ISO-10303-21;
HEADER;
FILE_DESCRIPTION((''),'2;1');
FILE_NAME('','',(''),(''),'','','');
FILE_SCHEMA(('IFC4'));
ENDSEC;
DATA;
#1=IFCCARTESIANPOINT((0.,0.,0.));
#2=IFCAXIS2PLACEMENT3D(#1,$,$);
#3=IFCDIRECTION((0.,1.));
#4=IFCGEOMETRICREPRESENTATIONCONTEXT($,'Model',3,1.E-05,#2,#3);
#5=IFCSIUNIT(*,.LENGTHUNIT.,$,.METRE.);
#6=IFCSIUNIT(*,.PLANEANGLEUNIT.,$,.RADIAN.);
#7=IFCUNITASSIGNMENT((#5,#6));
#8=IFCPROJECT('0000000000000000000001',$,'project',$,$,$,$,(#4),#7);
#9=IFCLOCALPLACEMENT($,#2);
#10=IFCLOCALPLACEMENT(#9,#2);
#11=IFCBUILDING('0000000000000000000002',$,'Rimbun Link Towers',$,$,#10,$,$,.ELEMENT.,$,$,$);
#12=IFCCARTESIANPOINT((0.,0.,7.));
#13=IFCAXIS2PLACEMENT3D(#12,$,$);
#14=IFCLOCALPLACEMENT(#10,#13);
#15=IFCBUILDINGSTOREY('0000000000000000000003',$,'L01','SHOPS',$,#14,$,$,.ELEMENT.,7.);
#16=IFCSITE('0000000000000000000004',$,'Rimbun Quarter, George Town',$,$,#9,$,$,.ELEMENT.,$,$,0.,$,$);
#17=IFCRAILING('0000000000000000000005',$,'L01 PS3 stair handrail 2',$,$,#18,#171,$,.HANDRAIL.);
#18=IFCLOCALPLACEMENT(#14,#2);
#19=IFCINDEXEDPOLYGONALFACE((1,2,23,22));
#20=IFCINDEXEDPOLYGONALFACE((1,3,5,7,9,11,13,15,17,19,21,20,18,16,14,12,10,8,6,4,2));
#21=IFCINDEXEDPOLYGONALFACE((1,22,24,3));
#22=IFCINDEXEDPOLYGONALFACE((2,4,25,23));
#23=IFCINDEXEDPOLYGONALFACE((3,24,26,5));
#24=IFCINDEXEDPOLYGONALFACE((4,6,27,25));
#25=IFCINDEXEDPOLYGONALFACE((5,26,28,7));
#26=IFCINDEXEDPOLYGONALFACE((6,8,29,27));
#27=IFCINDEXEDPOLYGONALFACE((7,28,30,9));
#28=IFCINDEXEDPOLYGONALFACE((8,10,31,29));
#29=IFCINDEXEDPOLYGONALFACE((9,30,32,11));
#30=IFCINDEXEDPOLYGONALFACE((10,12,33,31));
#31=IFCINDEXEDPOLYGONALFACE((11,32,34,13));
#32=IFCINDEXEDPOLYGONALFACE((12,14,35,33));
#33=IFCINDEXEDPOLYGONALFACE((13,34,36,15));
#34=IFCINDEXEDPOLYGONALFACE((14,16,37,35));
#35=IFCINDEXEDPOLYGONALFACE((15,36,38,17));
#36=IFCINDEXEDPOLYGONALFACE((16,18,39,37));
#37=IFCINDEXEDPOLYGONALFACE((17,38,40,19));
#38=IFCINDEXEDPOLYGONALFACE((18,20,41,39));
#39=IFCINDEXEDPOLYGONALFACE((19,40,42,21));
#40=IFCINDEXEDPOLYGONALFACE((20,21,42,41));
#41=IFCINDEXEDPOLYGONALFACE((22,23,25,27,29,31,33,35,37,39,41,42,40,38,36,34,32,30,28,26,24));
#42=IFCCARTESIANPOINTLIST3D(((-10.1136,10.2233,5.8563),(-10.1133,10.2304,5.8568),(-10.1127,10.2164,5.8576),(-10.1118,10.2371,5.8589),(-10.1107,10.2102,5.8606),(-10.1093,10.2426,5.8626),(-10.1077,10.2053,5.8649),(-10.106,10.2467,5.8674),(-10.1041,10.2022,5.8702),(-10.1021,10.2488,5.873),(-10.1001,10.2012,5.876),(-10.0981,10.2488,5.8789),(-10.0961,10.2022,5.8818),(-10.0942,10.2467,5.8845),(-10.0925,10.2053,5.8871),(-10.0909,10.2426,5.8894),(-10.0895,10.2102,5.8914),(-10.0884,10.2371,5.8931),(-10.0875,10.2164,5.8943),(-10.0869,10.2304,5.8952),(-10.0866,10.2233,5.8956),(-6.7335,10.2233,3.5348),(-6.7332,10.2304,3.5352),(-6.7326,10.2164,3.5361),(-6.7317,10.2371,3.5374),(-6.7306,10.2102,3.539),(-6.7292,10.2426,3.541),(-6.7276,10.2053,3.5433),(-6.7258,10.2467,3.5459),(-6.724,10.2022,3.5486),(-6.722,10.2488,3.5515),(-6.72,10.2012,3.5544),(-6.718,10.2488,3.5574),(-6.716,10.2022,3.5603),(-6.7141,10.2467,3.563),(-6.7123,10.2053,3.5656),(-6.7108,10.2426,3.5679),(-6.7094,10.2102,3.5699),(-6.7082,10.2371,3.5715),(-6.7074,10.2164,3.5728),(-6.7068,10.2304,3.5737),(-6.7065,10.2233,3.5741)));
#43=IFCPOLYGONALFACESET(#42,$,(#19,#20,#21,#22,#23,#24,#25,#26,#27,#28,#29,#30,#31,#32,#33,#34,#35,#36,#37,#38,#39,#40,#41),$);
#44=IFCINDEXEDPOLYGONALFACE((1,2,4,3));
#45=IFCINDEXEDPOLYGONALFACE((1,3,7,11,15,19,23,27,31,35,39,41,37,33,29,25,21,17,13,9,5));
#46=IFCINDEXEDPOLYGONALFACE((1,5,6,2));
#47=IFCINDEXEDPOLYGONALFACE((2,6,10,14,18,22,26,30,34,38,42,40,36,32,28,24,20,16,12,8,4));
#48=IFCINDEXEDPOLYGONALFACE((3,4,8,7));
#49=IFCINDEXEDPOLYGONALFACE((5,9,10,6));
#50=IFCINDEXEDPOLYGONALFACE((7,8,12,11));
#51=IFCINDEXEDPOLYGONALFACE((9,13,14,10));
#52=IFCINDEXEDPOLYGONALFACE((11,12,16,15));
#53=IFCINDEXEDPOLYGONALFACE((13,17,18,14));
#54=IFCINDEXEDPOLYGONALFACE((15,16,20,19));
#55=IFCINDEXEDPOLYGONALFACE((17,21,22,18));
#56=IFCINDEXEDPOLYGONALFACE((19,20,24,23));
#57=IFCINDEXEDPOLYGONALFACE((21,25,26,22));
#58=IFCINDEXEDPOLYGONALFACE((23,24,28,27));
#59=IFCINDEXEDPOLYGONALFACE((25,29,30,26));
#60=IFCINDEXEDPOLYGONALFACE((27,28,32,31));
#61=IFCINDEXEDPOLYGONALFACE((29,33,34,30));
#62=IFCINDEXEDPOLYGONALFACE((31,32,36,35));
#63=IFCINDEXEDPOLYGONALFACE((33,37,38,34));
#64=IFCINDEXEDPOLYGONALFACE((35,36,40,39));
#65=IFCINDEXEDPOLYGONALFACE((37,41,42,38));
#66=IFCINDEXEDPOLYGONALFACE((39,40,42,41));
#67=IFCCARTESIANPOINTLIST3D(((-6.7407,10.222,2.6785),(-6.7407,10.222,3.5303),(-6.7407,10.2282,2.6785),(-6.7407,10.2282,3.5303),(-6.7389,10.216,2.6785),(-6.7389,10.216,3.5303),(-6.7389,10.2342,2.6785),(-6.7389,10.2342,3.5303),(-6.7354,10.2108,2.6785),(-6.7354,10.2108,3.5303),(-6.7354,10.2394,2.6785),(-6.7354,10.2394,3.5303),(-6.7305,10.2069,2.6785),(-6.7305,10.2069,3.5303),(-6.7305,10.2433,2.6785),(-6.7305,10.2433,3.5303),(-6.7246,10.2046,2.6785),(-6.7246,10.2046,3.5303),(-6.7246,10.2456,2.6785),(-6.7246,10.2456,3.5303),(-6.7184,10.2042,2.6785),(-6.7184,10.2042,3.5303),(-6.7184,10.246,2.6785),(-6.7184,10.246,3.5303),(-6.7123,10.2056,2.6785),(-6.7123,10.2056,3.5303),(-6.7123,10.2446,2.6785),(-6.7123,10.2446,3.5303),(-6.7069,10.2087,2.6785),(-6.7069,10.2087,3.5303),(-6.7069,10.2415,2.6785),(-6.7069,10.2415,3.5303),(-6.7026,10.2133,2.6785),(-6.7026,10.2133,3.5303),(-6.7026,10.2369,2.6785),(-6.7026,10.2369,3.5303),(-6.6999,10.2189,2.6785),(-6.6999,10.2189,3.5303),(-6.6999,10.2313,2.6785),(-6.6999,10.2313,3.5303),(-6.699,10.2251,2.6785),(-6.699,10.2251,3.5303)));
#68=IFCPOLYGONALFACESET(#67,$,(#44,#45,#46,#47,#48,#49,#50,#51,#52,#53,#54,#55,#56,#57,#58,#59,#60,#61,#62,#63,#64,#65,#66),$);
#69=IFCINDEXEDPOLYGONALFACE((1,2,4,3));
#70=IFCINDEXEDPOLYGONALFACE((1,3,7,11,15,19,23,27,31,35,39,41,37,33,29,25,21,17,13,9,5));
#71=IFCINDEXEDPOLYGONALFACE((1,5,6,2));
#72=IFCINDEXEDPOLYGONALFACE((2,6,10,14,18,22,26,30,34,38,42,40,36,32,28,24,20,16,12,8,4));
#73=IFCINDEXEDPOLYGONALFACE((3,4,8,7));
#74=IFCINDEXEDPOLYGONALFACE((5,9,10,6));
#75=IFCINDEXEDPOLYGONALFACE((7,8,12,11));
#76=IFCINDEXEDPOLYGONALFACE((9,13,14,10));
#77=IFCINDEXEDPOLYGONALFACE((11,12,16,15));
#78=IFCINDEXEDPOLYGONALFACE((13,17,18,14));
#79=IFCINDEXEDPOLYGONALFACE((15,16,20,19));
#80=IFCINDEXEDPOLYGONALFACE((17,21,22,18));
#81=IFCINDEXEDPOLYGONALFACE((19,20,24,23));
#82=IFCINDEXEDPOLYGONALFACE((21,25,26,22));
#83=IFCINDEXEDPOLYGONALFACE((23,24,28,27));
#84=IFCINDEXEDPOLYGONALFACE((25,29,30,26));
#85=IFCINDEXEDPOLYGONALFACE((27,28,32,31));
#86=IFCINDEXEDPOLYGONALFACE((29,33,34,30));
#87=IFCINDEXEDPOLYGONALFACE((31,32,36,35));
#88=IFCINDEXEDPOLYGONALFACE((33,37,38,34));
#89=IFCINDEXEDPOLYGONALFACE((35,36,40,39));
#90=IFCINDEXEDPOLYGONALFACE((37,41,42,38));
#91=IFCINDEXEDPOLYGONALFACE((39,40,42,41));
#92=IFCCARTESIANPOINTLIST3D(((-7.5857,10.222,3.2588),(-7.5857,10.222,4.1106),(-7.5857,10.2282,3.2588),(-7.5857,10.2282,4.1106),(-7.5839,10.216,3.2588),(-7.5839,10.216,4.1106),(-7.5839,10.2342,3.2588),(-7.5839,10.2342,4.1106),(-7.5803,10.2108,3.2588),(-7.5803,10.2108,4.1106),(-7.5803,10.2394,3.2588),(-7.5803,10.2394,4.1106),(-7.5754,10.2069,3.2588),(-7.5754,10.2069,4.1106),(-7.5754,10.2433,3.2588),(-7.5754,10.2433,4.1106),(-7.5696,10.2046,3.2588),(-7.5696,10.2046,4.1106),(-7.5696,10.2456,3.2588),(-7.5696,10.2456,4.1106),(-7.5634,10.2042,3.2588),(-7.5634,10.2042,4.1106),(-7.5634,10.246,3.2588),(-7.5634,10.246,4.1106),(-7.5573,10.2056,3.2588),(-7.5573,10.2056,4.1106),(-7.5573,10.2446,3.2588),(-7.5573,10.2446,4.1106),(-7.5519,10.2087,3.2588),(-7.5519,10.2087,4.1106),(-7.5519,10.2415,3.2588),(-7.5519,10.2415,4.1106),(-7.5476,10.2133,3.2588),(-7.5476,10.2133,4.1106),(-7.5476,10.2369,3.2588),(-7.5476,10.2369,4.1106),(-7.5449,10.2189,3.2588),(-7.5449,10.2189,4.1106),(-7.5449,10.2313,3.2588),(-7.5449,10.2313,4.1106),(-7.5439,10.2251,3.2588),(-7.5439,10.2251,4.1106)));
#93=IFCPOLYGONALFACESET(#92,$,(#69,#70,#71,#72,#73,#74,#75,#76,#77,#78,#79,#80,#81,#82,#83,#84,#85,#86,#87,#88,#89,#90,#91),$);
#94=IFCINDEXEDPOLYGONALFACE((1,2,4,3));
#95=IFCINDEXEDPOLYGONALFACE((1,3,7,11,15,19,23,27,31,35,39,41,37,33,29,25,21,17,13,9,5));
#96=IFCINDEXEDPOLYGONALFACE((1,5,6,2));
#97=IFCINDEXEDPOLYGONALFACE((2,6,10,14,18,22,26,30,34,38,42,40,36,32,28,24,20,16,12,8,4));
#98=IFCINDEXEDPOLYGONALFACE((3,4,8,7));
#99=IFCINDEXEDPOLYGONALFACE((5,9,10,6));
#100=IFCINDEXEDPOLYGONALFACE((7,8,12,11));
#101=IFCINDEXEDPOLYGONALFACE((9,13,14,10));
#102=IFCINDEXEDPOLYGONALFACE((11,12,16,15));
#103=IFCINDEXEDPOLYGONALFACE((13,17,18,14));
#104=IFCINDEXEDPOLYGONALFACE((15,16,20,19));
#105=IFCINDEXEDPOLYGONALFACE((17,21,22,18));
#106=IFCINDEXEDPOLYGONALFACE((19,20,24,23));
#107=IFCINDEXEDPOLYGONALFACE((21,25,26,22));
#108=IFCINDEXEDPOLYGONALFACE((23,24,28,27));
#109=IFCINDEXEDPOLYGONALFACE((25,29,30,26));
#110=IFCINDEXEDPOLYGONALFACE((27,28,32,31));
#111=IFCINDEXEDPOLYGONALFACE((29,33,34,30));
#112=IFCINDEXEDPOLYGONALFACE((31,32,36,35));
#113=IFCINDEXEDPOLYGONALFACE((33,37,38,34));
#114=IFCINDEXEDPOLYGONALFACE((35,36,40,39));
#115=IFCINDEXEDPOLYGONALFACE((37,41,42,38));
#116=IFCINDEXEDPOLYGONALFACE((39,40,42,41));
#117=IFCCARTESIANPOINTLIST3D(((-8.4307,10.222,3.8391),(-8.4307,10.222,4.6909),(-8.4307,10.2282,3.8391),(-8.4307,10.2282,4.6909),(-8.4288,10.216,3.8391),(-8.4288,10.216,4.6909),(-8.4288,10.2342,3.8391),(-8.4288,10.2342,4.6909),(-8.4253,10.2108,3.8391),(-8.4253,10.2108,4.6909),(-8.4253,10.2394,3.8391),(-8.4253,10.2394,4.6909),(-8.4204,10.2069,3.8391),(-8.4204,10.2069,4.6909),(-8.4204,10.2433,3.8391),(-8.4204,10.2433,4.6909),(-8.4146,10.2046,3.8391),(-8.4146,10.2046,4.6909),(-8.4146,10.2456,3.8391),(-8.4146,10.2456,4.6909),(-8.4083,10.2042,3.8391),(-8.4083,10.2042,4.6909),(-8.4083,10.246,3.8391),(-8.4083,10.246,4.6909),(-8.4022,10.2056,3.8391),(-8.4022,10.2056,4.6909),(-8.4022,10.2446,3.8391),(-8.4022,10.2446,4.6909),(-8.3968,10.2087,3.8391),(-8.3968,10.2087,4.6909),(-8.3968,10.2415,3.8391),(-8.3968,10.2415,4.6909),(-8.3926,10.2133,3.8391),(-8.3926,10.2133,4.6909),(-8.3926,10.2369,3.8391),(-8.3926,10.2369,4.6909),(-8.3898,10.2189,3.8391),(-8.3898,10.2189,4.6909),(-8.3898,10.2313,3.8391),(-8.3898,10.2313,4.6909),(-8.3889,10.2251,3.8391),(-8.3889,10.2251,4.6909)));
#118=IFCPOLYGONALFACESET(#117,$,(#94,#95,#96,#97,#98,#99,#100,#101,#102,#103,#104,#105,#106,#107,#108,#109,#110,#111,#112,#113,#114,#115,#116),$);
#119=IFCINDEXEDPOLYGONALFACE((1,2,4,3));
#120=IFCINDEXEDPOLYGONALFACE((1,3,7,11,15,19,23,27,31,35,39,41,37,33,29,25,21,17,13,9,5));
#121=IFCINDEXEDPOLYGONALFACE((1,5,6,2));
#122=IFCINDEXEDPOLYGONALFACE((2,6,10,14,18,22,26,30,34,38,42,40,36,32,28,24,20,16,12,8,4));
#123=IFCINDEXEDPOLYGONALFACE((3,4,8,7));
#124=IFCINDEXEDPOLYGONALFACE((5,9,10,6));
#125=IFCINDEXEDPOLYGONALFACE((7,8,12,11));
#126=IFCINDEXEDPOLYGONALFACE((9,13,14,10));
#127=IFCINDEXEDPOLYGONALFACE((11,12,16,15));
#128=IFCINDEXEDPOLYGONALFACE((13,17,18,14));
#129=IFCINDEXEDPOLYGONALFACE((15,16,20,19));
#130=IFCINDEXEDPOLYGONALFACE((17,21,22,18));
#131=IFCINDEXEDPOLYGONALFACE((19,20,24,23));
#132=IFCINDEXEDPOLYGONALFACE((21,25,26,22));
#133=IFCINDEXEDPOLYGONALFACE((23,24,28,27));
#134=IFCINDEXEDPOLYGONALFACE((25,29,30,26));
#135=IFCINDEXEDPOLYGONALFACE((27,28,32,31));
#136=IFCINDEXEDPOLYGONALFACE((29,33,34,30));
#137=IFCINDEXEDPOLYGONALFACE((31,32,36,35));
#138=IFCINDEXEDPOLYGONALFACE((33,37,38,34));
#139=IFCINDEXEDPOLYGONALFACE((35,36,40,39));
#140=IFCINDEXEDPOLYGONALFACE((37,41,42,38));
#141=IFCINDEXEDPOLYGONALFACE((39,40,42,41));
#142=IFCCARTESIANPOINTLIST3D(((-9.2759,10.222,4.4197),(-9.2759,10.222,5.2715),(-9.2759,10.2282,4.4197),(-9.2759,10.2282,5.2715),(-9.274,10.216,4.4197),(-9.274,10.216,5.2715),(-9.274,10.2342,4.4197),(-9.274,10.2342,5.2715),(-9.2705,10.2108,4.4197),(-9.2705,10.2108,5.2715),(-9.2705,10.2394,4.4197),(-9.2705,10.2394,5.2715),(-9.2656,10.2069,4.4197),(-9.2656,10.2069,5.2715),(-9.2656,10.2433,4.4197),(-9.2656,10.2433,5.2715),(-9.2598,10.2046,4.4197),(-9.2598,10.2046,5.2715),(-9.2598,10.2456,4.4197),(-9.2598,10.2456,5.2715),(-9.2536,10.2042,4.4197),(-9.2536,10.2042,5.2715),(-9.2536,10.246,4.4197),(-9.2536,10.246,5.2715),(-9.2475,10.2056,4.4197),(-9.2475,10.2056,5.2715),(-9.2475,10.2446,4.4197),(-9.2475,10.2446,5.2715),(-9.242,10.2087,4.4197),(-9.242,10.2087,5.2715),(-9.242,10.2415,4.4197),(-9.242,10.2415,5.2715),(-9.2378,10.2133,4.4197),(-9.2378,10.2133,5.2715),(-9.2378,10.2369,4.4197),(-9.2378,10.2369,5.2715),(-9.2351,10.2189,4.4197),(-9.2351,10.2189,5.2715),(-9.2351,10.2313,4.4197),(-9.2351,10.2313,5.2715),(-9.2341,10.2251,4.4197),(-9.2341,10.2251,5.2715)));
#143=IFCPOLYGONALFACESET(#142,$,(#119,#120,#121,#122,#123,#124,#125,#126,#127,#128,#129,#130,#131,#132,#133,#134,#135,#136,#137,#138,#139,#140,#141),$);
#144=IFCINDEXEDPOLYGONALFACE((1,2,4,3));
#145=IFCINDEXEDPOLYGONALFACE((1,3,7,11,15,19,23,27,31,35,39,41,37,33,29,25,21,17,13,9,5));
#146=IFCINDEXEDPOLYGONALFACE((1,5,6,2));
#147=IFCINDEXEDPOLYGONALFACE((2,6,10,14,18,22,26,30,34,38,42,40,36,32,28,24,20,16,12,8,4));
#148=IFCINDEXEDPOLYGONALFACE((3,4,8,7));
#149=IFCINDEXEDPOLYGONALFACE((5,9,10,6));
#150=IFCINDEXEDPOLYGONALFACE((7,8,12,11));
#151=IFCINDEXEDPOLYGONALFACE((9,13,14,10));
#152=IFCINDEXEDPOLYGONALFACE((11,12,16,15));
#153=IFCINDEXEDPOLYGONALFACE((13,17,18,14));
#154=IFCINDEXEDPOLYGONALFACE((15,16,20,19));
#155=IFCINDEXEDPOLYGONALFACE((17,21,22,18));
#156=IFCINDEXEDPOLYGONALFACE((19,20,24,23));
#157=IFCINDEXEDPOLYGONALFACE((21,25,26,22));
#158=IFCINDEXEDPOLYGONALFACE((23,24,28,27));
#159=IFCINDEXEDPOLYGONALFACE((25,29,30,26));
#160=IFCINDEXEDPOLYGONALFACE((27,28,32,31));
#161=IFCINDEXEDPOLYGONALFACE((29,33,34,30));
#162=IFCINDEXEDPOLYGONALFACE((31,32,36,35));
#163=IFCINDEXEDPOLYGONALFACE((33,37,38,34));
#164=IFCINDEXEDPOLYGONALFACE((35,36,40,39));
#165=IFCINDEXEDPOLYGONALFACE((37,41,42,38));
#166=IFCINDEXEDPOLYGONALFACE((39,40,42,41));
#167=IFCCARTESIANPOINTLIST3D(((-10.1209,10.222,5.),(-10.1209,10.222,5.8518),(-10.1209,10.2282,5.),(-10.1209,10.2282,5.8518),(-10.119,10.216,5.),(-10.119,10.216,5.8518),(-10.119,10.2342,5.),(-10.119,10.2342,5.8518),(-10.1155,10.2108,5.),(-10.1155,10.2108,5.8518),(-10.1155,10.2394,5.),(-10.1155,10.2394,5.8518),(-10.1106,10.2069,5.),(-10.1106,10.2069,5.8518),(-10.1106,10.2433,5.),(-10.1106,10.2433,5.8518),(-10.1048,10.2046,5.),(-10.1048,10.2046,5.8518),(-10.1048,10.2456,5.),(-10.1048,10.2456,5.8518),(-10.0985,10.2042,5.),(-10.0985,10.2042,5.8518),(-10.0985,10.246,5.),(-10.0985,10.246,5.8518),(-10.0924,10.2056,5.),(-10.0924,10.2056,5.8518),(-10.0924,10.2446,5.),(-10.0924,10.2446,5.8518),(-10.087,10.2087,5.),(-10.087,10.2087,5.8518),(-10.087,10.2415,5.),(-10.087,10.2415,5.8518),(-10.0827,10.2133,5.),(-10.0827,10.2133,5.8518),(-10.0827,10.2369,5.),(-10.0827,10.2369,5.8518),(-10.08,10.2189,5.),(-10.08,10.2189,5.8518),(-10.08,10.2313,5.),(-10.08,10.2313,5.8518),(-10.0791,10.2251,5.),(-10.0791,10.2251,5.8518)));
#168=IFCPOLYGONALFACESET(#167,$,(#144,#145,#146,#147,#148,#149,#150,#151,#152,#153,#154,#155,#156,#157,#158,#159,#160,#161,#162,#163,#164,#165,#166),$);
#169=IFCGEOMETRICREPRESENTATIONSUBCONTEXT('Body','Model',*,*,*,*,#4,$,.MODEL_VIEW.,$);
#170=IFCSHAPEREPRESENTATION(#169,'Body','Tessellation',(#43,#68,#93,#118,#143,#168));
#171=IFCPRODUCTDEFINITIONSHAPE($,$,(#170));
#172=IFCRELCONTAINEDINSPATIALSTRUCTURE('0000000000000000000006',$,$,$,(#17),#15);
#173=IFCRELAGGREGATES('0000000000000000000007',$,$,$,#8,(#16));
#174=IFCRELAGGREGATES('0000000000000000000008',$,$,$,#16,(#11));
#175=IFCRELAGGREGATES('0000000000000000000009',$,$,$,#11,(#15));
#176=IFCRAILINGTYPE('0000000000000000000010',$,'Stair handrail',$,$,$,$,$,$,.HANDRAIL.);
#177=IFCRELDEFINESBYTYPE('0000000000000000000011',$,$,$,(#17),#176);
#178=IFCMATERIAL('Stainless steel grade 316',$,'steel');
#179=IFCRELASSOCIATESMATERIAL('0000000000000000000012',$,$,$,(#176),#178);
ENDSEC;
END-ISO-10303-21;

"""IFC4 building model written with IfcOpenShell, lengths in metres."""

from ifc_helpers import new_model, si_unit, direction, frame, origin, origin_2d, place, context, subcontext, project, spatial, circle, extrude, material, type_object, element, save


model = new_model("IFC4")

# Units and contexts
model_context = context("Model", 3, precision=1e-05, world=origin(), true_north=direction((0.0, 1.0)))
body_context = subcontext(model_context, "Body", "Model", "MODEL_VIEW")
ifc_project = project(units=[si_unit("LENGTHUNIT", "METRE"), si_unit("PLANEANGLEUNIT", "RADIAN")], contexts=[model_context])

# Site, building, storey
site_placement = place(None, origin())
site = spatial("IfcSite", under=ifc_project, at=site_placement, Name="Rimbun Quarter, George Town", CompositionType="ELEMENT", RefElevation=0.0)
building_placement = place(site_placement, origin())
building = spatial("IfcBuilding", under=site, at=building_placement, Name="Rimbun Link Towers", CompositionType="ELEMENT")
storey_placement = place(building_placement, frame((0.0, 0.0, 7.0)))
storey = spatial("IfcBuildingStorey", under=building, at=storey_placement, Name="L01", Description="SHOPS", CompositionType="ELEMENT", Elevation=7.0)

# Railing
ifc_material_1 = material(Name="Stainless steel grade 316", Category="steel")
railing_type_1 = type_object("IfcRailingType", Name="Stair handrail", PredefinedType="HANDRAIL", material=ifc_material_1)
railing_1_placement = place(storey_placement, frame((-6.72, 10.2251, 2.6785)))
element("IfcRailing", 1, at=railing_1_placement, inside=storey, type_object=railing_type_1, Name="L01 PS3 stair handrail 2", PredefinedType="HANDRAIL", context=body_context, shape_type="SweptSolid", body=[
    extrude(circle(Radius=0.0239, at=origin_2d()), frame((0.0, 0.0, 0.876), z_axis=(-0.824304, 0.0, 0.566147), x_axis=(0.0, -1.0, 0.0)), (0.0, 0.0, 1.0), 4.1006),
    extrude(circle(Radius=0.021, at=origin_2d()), origin(), (0.0, 0.0, 1.0), 0.8518),
    extrude(circle(Radius=0.021, at=origin_2d()), frame((-0.845, 0.0, 0.5803)), (0.0, 0.0, 1.0), 0.8518),
    extrude(circle(Radius=0.021, at=origin_2d()), frame((-1.6899, 0.0, 1.1606)), (0.0, 0.0, 1.0), 0.8518),
    extrude(circle(Radius=0.021, at=origin_2d()), frame((-2.5352, 0.0, 1.7412)), (0.0, 0.0, 1.0), 0.8518),
    extrude(circle(Radius=0.021, at=origin_2d()), frame((-3.3801, 0.0, 2.3215)), (0.0, 0.0, 1.0), 0.8518),
])

save(model, "model.ifc")
